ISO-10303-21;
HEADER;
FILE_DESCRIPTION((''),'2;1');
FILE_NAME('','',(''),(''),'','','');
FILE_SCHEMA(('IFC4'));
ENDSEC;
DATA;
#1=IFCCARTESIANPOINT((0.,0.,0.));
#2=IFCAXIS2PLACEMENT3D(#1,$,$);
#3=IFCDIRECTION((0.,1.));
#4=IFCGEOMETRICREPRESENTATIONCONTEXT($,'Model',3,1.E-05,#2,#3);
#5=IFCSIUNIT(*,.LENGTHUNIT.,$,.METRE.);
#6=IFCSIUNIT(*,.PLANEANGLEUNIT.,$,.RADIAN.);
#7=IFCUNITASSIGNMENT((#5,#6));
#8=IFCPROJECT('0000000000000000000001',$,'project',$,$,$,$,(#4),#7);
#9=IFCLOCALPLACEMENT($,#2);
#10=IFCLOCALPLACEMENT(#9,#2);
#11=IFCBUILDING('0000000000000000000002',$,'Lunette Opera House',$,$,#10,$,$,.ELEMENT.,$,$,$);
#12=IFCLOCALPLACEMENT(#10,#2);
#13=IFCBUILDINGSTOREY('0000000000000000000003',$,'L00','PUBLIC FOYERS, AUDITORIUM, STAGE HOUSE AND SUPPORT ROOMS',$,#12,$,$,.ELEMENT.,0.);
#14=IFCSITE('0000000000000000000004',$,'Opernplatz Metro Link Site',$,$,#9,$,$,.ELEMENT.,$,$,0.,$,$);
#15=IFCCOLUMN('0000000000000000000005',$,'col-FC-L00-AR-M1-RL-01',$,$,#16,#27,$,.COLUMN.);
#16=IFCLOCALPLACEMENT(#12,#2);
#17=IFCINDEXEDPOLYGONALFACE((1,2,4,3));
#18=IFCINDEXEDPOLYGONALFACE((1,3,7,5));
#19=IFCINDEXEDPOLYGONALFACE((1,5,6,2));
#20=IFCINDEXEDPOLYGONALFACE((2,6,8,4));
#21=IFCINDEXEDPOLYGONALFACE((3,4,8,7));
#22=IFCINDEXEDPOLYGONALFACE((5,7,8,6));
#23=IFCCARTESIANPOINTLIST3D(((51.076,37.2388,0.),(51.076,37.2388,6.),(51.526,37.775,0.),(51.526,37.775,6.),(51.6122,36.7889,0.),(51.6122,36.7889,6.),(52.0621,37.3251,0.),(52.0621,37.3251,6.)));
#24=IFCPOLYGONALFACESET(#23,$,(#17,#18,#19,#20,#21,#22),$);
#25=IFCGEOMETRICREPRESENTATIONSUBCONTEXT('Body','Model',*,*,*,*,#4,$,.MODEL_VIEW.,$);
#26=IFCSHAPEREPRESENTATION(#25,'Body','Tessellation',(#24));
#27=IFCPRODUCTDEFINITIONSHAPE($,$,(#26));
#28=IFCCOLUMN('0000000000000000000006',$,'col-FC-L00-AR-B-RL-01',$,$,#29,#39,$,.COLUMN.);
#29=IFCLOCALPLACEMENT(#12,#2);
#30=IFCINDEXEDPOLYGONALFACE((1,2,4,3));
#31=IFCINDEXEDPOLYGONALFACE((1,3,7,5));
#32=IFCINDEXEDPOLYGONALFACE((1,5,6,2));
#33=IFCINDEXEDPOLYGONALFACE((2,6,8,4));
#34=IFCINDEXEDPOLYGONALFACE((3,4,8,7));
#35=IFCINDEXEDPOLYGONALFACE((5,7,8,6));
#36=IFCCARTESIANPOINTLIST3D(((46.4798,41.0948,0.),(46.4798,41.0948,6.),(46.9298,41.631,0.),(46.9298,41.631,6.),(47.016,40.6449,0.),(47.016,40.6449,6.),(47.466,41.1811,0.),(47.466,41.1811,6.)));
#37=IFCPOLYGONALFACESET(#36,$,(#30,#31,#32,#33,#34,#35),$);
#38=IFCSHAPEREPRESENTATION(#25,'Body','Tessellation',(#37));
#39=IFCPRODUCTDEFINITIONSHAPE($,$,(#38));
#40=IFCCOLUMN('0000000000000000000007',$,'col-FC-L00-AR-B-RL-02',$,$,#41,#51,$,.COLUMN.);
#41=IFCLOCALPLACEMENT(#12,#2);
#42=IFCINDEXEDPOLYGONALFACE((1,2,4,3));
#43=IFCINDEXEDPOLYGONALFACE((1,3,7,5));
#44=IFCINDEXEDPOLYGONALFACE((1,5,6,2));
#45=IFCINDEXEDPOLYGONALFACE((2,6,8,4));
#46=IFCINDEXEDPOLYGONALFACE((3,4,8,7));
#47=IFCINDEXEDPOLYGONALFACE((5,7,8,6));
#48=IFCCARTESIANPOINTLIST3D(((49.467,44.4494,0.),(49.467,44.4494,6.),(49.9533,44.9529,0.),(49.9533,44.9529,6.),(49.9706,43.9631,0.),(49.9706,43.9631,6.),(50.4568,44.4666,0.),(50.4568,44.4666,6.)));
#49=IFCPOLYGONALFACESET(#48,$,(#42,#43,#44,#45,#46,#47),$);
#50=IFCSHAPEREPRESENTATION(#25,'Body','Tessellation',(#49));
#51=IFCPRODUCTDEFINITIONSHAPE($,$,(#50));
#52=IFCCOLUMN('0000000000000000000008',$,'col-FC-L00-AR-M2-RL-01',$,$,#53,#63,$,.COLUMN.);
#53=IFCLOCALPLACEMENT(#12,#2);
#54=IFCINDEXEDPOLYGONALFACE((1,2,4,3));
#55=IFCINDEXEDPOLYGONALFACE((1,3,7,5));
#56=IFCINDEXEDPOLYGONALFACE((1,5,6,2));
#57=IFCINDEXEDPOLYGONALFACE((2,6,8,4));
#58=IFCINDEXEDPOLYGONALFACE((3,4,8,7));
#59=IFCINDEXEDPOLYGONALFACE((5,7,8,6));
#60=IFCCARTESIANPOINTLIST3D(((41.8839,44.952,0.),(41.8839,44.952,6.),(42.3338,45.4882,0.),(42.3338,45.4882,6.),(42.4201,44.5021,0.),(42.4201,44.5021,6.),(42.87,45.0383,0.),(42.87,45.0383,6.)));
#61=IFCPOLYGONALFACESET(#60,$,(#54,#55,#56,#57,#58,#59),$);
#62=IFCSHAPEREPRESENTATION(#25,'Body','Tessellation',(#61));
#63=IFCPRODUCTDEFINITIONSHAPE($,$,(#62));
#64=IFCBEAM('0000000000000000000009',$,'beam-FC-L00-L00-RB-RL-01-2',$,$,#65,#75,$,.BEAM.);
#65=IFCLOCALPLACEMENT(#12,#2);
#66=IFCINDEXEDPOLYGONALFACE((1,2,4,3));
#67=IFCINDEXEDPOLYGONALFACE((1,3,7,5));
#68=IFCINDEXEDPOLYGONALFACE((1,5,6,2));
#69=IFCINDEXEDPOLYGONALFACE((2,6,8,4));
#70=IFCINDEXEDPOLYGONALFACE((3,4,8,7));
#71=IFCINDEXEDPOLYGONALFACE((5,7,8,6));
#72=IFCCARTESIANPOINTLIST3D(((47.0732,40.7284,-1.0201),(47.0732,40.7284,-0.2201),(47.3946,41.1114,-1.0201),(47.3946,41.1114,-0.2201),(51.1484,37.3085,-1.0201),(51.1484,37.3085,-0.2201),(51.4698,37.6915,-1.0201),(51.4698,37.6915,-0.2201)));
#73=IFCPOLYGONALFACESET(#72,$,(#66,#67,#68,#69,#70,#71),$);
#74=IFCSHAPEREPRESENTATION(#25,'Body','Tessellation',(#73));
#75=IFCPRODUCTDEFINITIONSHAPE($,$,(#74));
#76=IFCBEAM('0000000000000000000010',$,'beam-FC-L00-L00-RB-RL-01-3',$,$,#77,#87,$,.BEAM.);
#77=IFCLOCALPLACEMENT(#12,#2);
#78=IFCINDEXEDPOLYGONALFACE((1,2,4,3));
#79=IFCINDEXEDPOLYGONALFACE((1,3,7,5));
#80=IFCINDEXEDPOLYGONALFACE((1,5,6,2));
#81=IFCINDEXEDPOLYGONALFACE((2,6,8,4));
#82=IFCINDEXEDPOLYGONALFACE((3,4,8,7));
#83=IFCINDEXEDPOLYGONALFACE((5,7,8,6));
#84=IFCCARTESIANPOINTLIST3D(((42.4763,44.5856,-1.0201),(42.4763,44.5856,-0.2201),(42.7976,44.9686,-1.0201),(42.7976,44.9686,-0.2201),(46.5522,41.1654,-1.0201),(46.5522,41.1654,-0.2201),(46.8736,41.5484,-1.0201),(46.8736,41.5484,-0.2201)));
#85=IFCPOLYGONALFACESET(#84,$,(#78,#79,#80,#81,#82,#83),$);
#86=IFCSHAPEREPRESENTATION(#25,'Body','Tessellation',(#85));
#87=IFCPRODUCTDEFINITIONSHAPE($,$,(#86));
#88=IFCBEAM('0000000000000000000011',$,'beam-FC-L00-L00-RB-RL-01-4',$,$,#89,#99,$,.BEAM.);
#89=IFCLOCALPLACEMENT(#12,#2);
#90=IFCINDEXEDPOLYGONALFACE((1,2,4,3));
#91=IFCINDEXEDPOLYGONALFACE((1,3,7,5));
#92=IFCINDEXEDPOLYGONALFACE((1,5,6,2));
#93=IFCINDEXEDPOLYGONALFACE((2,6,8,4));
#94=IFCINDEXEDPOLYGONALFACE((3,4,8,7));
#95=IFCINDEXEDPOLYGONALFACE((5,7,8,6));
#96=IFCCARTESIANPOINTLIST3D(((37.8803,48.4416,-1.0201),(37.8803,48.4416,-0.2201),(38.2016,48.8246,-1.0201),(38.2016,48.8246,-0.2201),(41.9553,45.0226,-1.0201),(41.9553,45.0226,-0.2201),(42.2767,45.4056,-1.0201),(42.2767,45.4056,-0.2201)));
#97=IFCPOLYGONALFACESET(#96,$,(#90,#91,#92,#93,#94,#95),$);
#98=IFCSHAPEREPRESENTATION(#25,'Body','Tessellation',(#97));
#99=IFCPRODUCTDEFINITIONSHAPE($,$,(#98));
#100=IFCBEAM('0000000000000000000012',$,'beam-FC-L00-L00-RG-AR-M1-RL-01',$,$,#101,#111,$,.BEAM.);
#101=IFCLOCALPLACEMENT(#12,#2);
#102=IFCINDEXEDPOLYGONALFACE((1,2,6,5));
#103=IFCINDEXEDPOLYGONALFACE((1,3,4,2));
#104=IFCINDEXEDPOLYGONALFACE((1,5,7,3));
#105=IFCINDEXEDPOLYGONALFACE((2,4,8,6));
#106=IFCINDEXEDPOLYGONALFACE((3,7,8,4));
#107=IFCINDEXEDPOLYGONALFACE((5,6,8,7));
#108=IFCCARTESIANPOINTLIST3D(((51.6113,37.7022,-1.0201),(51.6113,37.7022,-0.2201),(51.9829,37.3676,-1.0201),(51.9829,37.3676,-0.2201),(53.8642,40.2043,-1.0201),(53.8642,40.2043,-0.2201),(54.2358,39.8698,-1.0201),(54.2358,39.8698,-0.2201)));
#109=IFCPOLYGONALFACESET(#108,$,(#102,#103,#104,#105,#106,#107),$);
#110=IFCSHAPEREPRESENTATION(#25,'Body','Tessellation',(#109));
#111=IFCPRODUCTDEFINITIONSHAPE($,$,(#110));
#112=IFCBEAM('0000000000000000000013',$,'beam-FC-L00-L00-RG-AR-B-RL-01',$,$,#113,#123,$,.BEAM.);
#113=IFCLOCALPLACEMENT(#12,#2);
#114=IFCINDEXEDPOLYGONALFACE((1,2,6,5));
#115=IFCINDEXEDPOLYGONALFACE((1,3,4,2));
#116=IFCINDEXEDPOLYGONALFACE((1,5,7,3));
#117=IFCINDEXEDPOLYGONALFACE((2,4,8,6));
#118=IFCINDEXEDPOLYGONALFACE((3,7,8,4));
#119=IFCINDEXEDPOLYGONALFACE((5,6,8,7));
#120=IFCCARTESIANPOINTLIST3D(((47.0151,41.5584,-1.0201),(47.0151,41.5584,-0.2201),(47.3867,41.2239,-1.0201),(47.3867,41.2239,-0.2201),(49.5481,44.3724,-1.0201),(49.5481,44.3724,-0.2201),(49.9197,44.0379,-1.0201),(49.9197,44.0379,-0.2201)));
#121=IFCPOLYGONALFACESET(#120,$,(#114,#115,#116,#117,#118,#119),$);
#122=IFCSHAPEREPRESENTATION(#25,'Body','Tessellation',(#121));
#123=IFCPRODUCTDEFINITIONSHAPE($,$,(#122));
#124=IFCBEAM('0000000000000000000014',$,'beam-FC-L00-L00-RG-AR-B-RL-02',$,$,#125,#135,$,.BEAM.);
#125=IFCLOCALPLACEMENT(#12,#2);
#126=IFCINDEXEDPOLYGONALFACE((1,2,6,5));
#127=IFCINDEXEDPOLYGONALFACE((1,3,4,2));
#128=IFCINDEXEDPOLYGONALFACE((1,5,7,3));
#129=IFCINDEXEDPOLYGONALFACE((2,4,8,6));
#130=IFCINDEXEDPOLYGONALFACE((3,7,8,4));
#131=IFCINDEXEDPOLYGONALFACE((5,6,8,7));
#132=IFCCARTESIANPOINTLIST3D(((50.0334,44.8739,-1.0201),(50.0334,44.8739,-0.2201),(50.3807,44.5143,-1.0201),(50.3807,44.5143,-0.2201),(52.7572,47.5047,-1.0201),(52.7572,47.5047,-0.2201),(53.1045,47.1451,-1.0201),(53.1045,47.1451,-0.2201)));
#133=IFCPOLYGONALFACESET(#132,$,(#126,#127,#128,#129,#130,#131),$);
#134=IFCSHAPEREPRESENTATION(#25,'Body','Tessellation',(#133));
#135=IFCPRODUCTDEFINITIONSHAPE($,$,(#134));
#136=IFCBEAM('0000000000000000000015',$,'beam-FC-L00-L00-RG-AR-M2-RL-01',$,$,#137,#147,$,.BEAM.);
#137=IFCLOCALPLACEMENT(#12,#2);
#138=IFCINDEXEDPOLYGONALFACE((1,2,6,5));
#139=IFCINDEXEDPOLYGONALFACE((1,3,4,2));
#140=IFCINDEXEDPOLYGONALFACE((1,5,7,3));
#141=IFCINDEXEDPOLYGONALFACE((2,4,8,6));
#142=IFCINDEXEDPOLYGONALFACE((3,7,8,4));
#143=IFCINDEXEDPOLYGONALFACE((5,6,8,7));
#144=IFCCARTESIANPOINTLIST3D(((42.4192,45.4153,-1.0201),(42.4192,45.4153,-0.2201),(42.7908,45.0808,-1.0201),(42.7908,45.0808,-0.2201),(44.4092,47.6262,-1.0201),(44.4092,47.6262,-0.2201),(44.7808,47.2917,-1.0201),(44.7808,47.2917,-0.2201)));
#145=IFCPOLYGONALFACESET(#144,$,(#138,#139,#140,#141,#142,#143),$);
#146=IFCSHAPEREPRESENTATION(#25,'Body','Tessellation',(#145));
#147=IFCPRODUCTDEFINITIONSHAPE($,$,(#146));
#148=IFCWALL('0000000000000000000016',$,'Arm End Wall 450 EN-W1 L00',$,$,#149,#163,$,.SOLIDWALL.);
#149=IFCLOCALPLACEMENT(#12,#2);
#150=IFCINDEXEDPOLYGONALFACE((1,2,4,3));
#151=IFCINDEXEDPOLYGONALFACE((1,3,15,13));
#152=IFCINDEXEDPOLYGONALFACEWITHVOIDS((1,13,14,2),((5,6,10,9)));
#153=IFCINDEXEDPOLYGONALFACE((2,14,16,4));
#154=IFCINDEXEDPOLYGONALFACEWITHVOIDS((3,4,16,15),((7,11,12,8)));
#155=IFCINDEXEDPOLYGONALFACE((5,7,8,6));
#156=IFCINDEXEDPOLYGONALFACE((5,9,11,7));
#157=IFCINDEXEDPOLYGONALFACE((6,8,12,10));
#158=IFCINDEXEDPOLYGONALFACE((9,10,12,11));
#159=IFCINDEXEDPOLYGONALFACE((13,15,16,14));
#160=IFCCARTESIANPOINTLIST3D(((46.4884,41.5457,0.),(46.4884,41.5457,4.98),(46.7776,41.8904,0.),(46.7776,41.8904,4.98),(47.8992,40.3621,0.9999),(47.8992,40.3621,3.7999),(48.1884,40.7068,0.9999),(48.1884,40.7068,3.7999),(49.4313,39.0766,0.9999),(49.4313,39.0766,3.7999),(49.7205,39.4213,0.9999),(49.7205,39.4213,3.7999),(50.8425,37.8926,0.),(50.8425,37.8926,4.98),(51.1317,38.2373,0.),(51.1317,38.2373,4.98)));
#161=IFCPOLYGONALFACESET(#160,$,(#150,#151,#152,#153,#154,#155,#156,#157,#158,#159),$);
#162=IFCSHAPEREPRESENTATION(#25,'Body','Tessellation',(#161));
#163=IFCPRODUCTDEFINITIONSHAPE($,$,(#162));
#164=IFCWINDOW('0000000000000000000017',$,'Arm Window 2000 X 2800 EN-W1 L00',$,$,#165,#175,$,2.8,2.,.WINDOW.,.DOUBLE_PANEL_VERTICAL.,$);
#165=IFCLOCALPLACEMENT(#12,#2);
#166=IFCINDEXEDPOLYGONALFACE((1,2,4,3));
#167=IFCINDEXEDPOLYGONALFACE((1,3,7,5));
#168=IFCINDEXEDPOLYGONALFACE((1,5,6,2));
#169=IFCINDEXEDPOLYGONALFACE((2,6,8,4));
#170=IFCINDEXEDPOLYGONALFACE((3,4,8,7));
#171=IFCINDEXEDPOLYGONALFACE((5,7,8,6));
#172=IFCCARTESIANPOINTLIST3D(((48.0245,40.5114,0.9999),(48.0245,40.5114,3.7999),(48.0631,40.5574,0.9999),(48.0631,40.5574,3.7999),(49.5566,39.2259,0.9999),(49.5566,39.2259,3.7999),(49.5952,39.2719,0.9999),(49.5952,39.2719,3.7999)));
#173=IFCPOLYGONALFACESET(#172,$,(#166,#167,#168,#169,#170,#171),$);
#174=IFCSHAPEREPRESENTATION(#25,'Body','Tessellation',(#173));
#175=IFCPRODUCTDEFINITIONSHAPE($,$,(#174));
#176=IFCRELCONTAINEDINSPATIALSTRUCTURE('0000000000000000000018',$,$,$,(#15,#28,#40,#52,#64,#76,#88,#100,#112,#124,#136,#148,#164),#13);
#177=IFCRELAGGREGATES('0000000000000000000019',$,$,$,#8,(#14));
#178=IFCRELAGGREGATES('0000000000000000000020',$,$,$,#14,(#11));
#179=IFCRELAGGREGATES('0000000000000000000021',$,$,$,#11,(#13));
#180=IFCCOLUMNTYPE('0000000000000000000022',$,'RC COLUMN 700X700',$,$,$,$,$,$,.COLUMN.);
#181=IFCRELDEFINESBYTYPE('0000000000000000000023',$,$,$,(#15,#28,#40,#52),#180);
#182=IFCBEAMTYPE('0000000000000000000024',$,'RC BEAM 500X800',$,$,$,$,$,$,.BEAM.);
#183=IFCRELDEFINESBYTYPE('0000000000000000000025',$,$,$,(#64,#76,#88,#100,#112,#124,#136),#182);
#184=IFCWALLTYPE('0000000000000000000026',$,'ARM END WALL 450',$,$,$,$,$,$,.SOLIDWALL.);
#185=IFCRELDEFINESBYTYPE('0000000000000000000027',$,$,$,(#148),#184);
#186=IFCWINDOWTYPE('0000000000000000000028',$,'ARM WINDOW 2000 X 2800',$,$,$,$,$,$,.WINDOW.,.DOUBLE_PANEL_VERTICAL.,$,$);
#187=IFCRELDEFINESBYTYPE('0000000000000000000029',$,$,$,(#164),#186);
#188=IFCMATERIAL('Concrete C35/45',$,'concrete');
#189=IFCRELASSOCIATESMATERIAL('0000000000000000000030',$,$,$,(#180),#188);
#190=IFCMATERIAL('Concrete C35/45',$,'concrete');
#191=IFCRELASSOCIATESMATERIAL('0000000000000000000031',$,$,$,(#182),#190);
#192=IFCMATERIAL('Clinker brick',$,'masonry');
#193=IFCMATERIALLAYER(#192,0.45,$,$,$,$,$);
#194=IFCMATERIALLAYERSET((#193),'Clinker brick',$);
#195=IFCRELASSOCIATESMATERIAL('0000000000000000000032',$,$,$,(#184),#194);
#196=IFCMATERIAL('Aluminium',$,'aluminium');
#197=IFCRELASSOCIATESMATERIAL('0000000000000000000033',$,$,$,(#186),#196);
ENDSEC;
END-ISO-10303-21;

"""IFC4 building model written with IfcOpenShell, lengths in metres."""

from ifc_helpers import new_model, si_unit, direction, frame, frame_2d, origin, origin_2d, place, context, subcontext, project, spatial, rectangle, extrude, material, layer, layer_set, material_profile, profile_set, type_object, element, fill, save


model = new_model("IFC4")

# Units and contexts
model_context = context("Model", 3, precision=1e-05, world=origin(), true_north=direction((0.0, 1.0)))
body_context = subcontext(model_context, "Body", "Model", "MODEL_VIEW")
ifc_project = project(units=[si_unit("LENGTHUNIT", "METRE"), si_unit("PLANEANGLEUNIT", "RADIAN")], contexts=[model_context])

# Site, building, storey
site_placement = place(None, origin())
site = spatial("IfcSite", under=ifc_project, at=site_placement, Name="Opernplatz Metro Link Site", CompositionType="ELEMENT", RefElevation=0.0)
building_placement = place(site_placement, origin())
building = spatial("IfcBuilding", under=site, at=building_placement, Name="Lunette Opera House", CompositionType="ELEMENT")
storey_placement = place(building_placement, origin())
storey = spatial("IfcBuildingStorey", under=building, at=storey_placement, Name="L00", Description="PUBLIC FOYERS, AUDITORIUM, STAGE HOUSE AND SUPPORT ROOMS", CompositionType="ELEMENT", Elevation=0.0)

# Columns
ifc_material_1 = material(Name="Concrete C35/45", Category="concrete")
ifc_material_profile_1 = material_profile(ifc_material_1, rectangle(XDim=0.7, YDim=0.7, at=origin_2d()), Name="RC COLUMN 700X700")
ifc_profile_set_1 = profile_set([ifc_material_profile_1], Name="Concrete C35/45")
column_type = type_object("IfcColumnType", Name="RC COLUMN 700X700", PredefinedType="COLUMN", material=ifc_profile_set_1)
for number, where, z_axis, x_axis, name in (
    (1, (51.5691, 37.282, 0.0), (0.0, 0.0, 1.0), (0.642788, 0.766044, 0.0), "col-FC-L00-AR-M1-RL-01"),
    (2, (46.9729, 41.1379, 0.0), (0.0, 0.0, 1.0), (0.642788, 0.766044, 0.0), "col-FC-L00-AR-B-RL-01"),
    (3, (49.9619, 44.458, 0.0), (0.0, 0.0, 1.0), (0.694658, 0.71934, 0.0), "col-FC-L00-AR-B-RL-02"),
    (4, (42.377, 44.9951, 0.0), (0.0, 0.0, 1.0), (0.642788, 0.766044, 0.0), "col-FC-L00-AR-M2-RL-01"),
):
    element("IfcColumn", number, at=place(storey_placement, frame(where, z_axis=z_axis, x_axis=x_axis)), inside=storey, type_object=column_type, Name=name, PredefinedType="COLUMN", context=body_context, shape_type="SweptSolid", body=[
        extrude(rectangle(XDim=0.7, YDim=0.7, at=origin_2d()), origin(), (0.0, 0.0, 1.0), 6.0),
    ])

# Beams
ifc_material_2 = material(Name="Concrete C35/45", Category="concrete")
ifc_material_profile_2 = material_profile(ifc_material_2, rectangle(XDim=0.5, YDim=0.8, at=origin_2d()), Name="RC BEAM 500X800")
ifc_profile_set_2 = profile_set([ifc_material_profile_2], Name="Concrete C35/45")
beam_type = type_object("IfcBeamType", Name="RC BEAM 500X800", PredefinedType="BEAM", material=ifc_profile_set_2)
beam_1_placement = place(storey_placement, frame((51.3091, 37.5, -0.6201), z_axis=(-0.766005, 0.642835, 0.0), x_axis=(-0.642835, -0.766005, 0.0)))
element("IfcBeam", 5, at=beam_1_placement, inside=storey, type_object=beam_type, Name="beam-FC-L00-L00-RB-RL-01-2", PredefinedType="BEAM", context=body_context, shape_type="SweptSolid", body=[
    extrude(rectangle(XDim=0.5, YDim=0.8, at=origin_2d()), origin(), (0.0, 0.0, 1.0), 5.3201),
])
beam_2_placement = place(storey_placement, frame((46.7129, 41.3569, -0.6201), z_axis=(-0.766039, 0.642794, 0.0), x_axis=(-0.642794, -0.766039, 0.0)))
element("IfcBeam", 6, at=beam_2_placement, inside=storey, type_object=beam_type, Name="beam-FC-L00-L00-RB-RL-01-3", PredefinedType="BEAM", context=body_context, shape_type="SweptSolid", body=[
    extrude(rectangle(XDim=0.5, YDim=0.8, at=origin_2d()), origin(), (0.0, 0.0, 1.0), 5.3208),
])
beam_3_placement = place(storey_placement, frame((42.116, 45.2141, -0.6201), z_axis=(-0.766076, 0.64275, 0.0), x_axis=(-0.64275, -0.766076, 0.0)))
element("IfcBeam", 7, at=beam_3_placement, inside=storey, type_object=beam_type, Name="beam-FC-L00-L00-RB-RL-01-4", PredefinedType="BEAM", context=body_context, shape_type="SweptSolid", body=[
    extrude(rectangle(XDim=0.5, YDim=0.8, at=origin_2d()), origin(), (0.0, 0.0, 1.0), 5.3193),
])
beam_4_placement = place(storey_placement, frame((51.7971, 37.5349, -0.6201), z_axis=(0.669121, 0.743154, 0.0), x_axis=(-0.743154, 0.669121, 0.0)))
element("IfcBeam", 8, at=beam_4_placement, inside=storey, type_object=beam_type, Name="beam-FC-L00-L00-RG-AR-M1-RL-01", PredefinedType="BEAM", context=body_context, shape_type="SweptSolid", body=[
    extrude(rectangle(XDim=0.5, YDim=0.8, at=origin_2d()), origin(), (0.0, 0.0, 1.0), 3.3669),
])
beam_5_placement = place(storey_placement, frame((47.2009, 41.3911, -0.6201), z_axis=(0.669022, 0.743243, 0.0), x_axis=(-0.743243, 0.669022, 0.0)))
element("IfcBeam", 9, at=beam_5_placement, inside=storey, type_object=beam_type, Name="beam-FC-L00-L00-RG-AR-B-RL-01", PredefinedType="BEAM", context=body_context, shape_type="SweptSolid", body=[
    extrude(rectangle(XDim=0.5, YDim=0.8, at=origin_2d()), origin(), (0.0, 0.0, 1.0), 3.7861),
])
beam_6_placement = place(storey_placement, frame((50.207, 44.6941, -0.6201), z_axis=(0.719281, 0.694719, 0.0), x_axis=(-0.694719, 0.719281, 0.0)))
element("IfcBeam", 10, at=beam_6_placement, inside=storey, type_object=beam_type, Name="beam-FC-L00-L00-RG-AR-B-RL-02", PredefinedType="BEAM", context=body_context, shape_type="SweptSolid", body=[
    extrude(rectangle(XDim=0.5, YDim=0.8, at=origin_2d()), origin(), (0.0, 0.0, 1.0), 3.7869),
])
beam_7_placement = place(storey_placement, frame((42.605, 45.248, -0.6201), z_axis=(0.668992, 0.74327, 0.0), x_axis=(-0.74327, 0.668992, 0.0)))
element("IfcBeam", 11, at=beam_7_placement, inside=storey, type_object=beam_type, Name="beam-FC-L00-L00-RG-AR-M2-RL-01", PredefinedType="BEAM", context=body_context, shape_type="SweptSolid", body=[
    extrude(rectangle(XDim=0.5, YDim=0.8, at=origin_2d()), origin(), (0.0, 0.0, 1.0), 2.9746),
])

# Wall, opening, window
ifc_material_3 = material(Name="Clinker brick", Category="masonry")
ifc_layer_1 = layer(ifc_material_3, 0.45)
ifc_layer_set_1 = layer_set([ifc_layer_1], Name="Clinker brick")
wall_type_1 = type_object("IfcWallType", Name="ARM END WALL 450", PredefinedType="SOLIDWALL", material=ifc_layer_set_1)
wall_1_placement = place(storey_placement, frame((50.9871, 38.0649, 0.0), z_axis=(0.0, 0.0, 1.0), x_axis=(-0.766076, 0.64275, 0.0)))
wall_1 = element("IfcWall", 12, at=wall_1_placement, inside=storey, type_object=wall_type_1, Name="Arm End Wall 450 EN-W1 L00", PredefinedType="SOLIDWALL", context=body_context, shape_type="SweptSolid", body=[
    extrude(rectangle(XDim=5.6836, YDim=0.45, at=frame_2d((2.8418, 0.0))), origin(), (0.0, 0.0, 1.0), 4.98),
])
opening_1_placement = place(wall_1_placement, frame((1.842, 0.0, 1.0)))
opening_1 = element("IfcOpeningElement", 13, at=opening_1_placement, cuts=wall_1, PredefinedType="OPENING", context=body_context, shape_type="SweptSolid", body=[
    extrude(rectangle(XDim=2.0, YDim=2.8, at=frame_2d((1.0, 1.3999))), frame((0.0, 0.2371, 0.0), z_axis=(0.0, -1.0, 0.0), x_axis=(1.0, 0.0, 0.0)), (0.0, 0.0, 1.0), 0.4739),
])
ifc_material_4 = material(Name="Aluminium", Category="aluminium")
window_type = type_object("IfcWindowType", Name="ARM WINDOW 2000 X 2800", PartitioningType="DOUBLE_PANEL_VERTICAL", PredefinedType="WINDOW", material=ifc_material_4)
window_1_placement = place(opening_1_placement, origin())
window_1 = element("IfcWindow", 14, at=window_1_placement, inside=storey, type_object=window_type, Name="Arm Window 2000 X 2800 EN-W1 L00", OverallHeight=2.8, OverallWidth=2.0, PartitioningType="DOUBLE_PANEL_VERTICAL", PredefinedType="WINDOW", context=body_context, shape_type="SweptSolid", body=[
    extrude(rectangle(XDim=2.0, YDim=2.8, at=frame_2d((1.0, 1.3999))), frame((0.0, 0.03, 0.0), z_axis=(0.0, -1.0, 0.0), x_axis=(1.0, 0.0, 0.0)), (0.0, 0.0, 1.0), 0.0601),
])
fill(opening_1, window_1)

save(model, "model.ifc")
